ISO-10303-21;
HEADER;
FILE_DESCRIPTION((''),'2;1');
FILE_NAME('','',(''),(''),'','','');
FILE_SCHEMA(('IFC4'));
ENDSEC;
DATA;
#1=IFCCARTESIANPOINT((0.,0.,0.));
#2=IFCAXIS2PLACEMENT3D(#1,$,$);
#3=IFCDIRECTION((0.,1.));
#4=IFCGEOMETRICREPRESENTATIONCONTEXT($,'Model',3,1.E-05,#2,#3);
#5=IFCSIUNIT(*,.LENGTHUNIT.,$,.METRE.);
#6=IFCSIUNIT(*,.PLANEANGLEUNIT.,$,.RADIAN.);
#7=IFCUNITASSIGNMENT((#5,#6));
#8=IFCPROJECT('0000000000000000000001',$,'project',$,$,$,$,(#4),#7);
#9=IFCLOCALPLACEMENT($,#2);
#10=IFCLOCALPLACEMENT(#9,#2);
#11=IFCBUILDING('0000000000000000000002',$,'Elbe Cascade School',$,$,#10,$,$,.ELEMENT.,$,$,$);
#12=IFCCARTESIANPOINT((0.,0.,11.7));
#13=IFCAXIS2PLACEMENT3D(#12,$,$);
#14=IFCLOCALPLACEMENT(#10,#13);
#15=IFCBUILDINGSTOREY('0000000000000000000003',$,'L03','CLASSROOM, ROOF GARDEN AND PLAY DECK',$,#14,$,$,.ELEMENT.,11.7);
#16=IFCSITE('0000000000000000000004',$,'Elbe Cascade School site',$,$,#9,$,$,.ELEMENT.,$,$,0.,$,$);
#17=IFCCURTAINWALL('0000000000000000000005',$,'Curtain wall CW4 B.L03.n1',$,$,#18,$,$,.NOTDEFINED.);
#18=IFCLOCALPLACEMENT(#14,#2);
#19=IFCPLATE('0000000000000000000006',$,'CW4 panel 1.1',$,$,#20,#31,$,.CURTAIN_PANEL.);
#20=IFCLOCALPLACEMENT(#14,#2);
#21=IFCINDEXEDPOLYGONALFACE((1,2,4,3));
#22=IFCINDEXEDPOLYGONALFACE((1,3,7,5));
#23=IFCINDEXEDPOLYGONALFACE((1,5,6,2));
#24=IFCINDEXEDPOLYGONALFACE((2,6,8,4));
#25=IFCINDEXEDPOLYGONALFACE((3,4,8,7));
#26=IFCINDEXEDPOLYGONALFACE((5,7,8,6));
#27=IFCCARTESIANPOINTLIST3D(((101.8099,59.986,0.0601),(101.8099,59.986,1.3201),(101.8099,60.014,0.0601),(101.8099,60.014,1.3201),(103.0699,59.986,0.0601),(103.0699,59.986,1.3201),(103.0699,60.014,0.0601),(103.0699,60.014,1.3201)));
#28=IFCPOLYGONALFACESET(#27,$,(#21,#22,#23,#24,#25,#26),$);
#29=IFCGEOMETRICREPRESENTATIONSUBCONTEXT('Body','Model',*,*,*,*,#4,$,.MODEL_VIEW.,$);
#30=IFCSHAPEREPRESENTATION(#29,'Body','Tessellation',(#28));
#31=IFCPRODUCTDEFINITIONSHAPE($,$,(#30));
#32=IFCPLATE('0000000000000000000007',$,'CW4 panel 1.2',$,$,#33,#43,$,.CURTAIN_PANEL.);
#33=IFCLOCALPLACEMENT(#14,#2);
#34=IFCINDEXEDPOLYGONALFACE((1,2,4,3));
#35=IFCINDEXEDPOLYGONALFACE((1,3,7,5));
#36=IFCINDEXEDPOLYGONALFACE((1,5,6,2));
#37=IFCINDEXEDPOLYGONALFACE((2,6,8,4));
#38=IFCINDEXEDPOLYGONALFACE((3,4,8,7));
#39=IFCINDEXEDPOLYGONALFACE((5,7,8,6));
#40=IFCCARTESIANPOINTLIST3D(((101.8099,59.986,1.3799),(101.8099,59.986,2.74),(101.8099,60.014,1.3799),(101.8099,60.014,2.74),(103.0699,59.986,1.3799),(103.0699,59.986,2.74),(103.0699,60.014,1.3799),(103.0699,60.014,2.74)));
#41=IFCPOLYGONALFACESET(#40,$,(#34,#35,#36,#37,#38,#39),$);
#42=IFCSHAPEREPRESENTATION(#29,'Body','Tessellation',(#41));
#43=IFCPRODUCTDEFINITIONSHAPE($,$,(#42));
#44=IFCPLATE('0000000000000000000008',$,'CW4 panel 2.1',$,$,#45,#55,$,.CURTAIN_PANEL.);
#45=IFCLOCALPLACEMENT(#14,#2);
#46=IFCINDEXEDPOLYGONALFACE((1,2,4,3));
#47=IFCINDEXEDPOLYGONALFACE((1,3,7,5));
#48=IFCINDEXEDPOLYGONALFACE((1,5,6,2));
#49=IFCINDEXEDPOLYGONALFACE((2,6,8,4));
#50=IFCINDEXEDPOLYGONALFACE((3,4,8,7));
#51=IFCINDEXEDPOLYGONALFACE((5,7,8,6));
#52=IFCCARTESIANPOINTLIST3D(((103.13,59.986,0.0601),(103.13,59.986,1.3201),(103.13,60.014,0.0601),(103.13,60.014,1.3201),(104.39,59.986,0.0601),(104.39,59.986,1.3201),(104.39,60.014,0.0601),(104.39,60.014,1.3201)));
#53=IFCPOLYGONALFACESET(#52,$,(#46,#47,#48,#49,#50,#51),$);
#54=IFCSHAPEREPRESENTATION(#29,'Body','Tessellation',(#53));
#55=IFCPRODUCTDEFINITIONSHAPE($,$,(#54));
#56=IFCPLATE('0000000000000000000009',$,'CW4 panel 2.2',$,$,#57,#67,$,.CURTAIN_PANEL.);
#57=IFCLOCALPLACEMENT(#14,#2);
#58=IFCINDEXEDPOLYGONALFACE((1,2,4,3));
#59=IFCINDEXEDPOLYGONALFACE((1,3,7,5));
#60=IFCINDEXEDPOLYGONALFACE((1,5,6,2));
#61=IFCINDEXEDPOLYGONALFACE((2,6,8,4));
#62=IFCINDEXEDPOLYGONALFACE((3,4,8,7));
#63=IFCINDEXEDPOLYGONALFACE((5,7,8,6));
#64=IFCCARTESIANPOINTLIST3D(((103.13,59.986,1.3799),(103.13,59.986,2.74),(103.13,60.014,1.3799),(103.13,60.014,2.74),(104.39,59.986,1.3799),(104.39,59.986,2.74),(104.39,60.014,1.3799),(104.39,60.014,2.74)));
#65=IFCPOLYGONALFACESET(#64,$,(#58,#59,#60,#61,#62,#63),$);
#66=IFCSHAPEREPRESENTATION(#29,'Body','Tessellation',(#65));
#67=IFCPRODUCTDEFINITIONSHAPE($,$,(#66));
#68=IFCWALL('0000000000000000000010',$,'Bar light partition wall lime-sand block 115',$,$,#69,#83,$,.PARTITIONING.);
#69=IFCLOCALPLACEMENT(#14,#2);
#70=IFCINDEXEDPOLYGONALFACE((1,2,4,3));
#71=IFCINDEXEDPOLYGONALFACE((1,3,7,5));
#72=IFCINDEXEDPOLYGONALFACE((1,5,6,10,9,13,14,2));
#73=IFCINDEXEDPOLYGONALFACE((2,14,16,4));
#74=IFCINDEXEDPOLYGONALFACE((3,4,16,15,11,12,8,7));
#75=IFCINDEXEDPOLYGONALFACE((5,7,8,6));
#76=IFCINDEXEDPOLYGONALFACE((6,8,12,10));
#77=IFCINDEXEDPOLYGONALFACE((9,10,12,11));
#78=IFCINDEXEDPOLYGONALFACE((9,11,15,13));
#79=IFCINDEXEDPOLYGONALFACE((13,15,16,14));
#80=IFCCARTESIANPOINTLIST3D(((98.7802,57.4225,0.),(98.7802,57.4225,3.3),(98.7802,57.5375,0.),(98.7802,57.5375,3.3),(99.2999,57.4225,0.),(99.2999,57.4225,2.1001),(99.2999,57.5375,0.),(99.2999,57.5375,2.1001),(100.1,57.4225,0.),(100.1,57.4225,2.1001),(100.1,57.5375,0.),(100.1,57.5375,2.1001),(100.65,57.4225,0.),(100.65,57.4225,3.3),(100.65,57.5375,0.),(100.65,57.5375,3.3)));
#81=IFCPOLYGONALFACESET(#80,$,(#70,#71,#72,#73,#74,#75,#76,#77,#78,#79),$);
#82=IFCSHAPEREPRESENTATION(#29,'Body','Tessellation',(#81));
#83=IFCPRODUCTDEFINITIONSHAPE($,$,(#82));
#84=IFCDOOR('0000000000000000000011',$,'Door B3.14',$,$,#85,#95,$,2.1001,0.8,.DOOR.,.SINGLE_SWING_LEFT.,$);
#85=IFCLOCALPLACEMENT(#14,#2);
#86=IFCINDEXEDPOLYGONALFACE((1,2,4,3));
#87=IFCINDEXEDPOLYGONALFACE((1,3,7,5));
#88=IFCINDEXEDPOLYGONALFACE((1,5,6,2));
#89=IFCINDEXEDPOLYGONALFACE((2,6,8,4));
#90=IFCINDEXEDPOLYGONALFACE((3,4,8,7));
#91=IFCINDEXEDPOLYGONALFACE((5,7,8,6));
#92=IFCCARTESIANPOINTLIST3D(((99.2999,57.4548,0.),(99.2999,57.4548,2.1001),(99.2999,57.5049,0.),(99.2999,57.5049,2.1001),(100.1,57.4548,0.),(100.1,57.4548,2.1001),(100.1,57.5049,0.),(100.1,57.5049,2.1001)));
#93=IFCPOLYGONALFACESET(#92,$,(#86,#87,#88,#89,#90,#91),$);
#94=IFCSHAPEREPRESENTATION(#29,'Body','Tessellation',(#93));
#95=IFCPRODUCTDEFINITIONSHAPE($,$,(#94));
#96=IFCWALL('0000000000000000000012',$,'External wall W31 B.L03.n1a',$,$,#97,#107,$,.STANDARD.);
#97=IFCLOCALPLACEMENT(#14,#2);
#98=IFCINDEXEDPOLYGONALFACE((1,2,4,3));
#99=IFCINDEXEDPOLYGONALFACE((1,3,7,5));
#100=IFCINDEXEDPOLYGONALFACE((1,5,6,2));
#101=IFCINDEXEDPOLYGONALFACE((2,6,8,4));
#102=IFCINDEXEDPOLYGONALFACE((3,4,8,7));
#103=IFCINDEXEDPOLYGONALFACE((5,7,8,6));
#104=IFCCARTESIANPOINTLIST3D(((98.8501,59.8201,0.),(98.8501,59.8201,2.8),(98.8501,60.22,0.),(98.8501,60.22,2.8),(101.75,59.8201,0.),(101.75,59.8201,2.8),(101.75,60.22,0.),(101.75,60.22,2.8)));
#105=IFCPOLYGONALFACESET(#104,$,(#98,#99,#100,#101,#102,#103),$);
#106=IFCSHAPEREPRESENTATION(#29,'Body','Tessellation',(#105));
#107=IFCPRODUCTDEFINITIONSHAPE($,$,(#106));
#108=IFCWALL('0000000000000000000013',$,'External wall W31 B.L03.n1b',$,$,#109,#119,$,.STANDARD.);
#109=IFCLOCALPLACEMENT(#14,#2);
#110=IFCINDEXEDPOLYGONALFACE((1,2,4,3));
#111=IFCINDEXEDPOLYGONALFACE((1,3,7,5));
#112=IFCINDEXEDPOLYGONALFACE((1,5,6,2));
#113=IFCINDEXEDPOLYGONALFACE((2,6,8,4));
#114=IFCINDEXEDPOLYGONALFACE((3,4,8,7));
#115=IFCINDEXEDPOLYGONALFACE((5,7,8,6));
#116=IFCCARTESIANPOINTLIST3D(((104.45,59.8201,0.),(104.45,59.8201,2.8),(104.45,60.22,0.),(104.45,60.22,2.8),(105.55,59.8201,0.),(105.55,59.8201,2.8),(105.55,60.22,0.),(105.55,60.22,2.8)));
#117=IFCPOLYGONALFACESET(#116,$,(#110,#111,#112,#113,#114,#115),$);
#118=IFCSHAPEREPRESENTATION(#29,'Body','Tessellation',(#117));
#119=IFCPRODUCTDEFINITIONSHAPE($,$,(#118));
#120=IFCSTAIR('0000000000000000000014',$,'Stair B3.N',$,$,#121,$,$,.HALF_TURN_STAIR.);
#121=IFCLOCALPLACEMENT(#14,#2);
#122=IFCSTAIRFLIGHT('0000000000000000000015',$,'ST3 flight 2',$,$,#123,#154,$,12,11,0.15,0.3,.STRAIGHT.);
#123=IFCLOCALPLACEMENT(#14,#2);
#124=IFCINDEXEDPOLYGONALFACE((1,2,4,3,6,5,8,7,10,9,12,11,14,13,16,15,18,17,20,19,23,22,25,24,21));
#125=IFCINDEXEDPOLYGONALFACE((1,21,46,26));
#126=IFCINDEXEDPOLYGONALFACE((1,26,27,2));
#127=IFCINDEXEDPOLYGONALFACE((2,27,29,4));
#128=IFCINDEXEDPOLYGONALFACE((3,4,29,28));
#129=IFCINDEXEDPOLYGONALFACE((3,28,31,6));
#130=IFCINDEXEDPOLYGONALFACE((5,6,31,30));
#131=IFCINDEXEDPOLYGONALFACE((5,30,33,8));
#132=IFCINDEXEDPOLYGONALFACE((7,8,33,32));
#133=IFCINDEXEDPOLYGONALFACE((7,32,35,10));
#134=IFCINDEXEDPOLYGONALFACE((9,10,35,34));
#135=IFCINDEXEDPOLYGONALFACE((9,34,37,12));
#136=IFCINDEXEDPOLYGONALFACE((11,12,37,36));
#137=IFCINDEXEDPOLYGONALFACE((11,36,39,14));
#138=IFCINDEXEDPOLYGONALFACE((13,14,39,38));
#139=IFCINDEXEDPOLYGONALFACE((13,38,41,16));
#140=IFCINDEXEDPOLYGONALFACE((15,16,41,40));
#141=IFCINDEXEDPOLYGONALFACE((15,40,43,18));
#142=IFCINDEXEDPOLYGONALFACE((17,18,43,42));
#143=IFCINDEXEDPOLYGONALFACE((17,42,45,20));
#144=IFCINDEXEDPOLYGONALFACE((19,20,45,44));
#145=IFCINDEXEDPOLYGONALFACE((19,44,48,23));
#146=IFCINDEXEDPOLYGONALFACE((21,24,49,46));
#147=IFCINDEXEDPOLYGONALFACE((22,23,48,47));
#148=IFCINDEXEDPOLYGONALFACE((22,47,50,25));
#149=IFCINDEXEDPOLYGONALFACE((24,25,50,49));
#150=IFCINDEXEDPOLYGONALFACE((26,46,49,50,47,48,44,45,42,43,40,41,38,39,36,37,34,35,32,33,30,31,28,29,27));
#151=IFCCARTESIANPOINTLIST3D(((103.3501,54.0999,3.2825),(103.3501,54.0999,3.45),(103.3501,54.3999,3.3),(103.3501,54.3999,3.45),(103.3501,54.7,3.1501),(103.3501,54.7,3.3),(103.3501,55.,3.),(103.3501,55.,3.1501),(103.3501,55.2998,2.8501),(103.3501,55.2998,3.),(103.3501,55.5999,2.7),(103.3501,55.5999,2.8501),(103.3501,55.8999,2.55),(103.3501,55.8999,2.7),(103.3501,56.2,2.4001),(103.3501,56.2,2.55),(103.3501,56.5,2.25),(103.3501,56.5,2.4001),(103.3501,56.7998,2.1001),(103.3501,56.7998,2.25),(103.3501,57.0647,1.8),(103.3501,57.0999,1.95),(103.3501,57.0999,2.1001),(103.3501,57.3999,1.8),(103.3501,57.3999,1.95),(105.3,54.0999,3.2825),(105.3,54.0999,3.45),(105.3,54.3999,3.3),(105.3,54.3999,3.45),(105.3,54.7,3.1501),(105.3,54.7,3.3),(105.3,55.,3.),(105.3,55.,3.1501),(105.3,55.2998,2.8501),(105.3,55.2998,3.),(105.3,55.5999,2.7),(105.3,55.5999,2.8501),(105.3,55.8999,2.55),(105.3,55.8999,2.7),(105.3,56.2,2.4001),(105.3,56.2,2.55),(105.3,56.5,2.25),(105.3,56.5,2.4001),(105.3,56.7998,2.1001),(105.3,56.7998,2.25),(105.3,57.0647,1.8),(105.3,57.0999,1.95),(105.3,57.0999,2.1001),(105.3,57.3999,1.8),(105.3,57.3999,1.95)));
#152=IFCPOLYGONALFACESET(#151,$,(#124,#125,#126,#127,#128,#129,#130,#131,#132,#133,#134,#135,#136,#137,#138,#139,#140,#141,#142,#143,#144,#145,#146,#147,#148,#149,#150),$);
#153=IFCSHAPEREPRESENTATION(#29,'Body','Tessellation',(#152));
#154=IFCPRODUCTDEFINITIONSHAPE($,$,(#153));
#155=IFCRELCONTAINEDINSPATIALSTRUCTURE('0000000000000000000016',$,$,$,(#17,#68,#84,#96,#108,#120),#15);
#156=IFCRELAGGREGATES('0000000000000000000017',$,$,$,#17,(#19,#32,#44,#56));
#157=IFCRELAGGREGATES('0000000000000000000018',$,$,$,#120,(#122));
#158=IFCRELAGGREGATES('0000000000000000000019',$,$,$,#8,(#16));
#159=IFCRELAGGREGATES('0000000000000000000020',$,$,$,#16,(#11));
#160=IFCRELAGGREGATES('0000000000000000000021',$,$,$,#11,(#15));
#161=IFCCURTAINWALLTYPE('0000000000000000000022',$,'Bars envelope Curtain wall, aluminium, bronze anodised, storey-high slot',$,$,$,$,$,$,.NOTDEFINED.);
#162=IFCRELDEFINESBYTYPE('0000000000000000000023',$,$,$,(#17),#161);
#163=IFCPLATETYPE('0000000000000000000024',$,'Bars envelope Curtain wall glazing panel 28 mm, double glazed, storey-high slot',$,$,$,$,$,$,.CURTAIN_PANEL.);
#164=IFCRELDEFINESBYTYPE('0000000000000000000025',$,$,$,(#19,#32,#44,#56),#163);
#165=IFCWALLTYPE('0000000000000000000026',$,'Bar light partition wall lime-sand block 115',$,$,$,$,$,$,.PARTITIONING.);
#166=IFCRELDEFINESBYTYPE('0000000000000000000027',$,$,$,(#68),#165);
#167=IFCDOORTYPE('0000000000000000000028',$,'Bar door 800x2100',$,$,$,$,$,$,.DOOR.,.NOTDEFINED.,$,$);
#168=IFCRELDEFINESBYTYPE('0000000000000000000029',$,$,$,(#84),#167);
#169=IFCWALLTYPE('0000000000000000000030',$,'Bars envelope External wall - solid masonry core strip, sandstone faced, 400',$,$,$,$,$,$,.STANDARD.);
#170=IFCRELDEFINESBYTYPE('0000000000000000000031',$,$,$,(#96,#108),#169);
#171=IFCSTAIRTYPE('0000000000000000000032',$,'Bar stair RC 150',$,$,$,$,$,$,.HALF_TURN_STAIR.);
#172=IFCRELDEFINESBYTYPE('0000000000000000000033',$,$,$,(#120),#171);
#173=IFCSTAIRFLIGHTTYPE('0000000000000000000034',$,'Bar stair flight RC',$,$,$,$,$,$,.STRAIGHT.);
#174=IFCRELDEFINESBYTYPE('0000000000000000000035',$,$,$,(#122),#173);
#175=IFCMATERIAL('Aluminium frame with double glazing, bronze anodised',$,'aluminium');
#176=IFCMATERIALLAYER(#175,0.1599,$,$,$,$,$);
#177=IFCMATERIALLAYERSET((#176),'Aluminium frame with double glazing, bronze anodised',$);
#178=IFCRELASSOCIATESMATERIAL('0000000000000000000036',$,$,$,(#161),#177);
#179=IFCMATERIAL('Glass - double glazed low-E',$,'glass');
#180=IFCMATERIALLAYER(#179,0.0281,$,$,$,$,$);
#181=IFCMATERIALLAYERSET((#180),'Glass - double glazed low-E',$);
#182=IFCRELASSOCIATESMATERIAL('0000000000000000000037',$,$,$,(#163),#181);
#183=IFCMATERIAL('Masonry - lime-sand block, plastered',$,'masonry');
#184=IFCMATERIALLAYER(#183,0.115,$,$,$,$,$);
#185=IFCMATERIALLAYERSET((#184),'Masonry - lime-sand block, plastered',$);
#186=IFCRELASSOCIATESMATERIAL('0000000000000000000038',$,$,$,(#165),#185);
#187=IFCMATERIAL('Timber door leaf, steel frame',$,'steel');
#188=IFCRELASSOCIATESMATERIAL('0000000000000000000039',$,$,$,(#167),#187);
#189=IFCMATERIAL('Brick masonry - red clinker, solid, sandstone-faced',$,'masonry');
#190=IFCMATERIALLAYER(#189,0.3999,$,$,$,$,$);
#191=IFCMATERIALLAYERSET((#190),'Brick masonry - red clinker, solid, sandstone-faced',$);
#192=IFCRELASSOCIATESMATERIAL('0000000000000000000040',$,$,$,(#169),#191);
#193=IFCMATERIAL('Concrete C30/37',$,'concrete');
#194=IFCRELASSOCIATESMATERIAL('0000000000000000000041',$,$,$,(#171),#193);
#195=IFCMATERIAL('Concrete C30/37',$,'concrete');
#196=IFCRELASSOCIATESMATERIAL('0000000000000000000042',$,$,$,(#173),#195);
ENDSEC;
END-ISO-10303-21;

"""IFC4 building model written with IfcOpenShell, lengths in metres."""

from ifc_helpers import new_model, si_unit, direction, frame, frame_2d, origin, origin_2d, place, context, subcontext, project, spatial, polyline, rectangle, outline, extrude, material, layer, layer_set, type_object, element, fill, aggregate, save


model = new_model("IFC4")

# Units and contexts
model_context = context("Model", 3, precision=1e-05, world=origin(), true_north=direction((0.0, 1.0)))
body_context = subcontext(model_context, "Body", "Model", "MODEL_VIEW")
ifc_project = project(units=[si_unit("LENGTHUNIT", "METRE"), si_unit("PLANEANGLEUNIT", "RADIAN")], contexts=[model_context])

# Site, building, storey
site_placement = place(None, origin())
site = spatial("IfcSite", under=ifc_project, at=site_placement, Name="Elbe Cascade School site", CompositionType="ELEMENT", RefElevation=0.0)
building_placement = place(site_placement, origin())
building = spatial("IfcBuilding", under=site, at=building_placement, Name="Elbe Cascade School", CompositionType="ELEMENT")
storey_placement = place(building_placement, frame((0.0, 0.0, 11.7)))
storey = spatial("IfcBuildingStorey", under=building, at=storey_placement, Name="L03", Description="CLASSROOM, ROOF GARDEN AND PLAY DECK", CompositionType="ELEMENT", Elevation=11.7)

# Shared definitions
ifc_material_1 = material(Name="Aluminium frame with double glazing, bronze anodised", Category="aluminium")
ifc_layer_1 = layer(ifc_material_1, 0.1599)
ifc_layer_set_1 = layer_set([ifc_layer_1], Name="Aluminium frame with double glazing, bronze anodised")
curtain_wall_type = type_object("IfcCurtainWallType", Name="Bars envelope Curtain wall, aluminium, bronze anodised, storey-high slot", PredefinedType="NOTDEFINED", material=ifc_layer_set_1)

# Curtain wall
curtain_wall_1_placement = place(storey_placement, origin())
curtain_wall_1 = element("IfcCurtainWall", 1, at=curtain_wall_1_placement, inside=storey, type_object=curtain_wall_type, Name="Curtain wall CW4 B.L03.n1", PredefinedType="NOTDEFINED")

# Plates
ifc_material_2 = material(Name="Glass - double glazed low-E", Category="glass")
ifc_layer_2 = layer(ifc_material_2, 0.0281)
ifc_layer_set_2 = layer_set([ifc_layer_2], Name="Glass - double glazed low-E")
plate_type = type_object("IfcPlateType", Name="Bars envelope Curtain wall glazing panel 28 mm, double glazed, storey-high slot", PredefinedType="CURTAIN_PANEL", material=ifc_layer_set_2)
plate_1_placement = place(storey_placement, frame((102.4399, 60.0, 0.0601), z_axis=(0.0, 0.0, 1.0), x_axis=(1.0, 0.0, 0.0)))
plate_1 = element("IfcPlate", 2, at=plate_1_placement, type_object=plate_type, Name="CW4 panel 1.1", PredefinedType="CURTAIN_PANEL", context=body_context, shape_type="SweptSolid", body=[
    extrude(rectangle(XDim=1.26, YDim=0.0281, at=origin_2d()), origin(), (0.0, 0.0, 1.0), 1.26),
])
plate_2_placement = place(storey_placement, frame((102.4399, 60.0, 1.3799), z_axis=(0.0, 0.0, 1.0), x_axis=(1.0, 0.0, 0.0)))
plate_2 = element("IfcPlate", 3, at=plate_2_placement, type_object=plate_type, Name="CW4 panel 1.2", PredefinedType="CURTAIN_PANEL", context=body_context, shape_type="SweptSolid", body=[
    extrude(rectangle(XDim=1.26, YDim=0.0281, at=origin_2d()), origin(), (0.0, 0.0, 1.0), 1.3601),
])
plate_3_placement = place(storey_placement, frame((103.76, 60.0, 0.0601), z_axis=(0.0, 0.0, 1.0), x_axis=(1.0, 0.0, 0.0)))
plate_3 = element("IfcPlate", 4, at=plate_3_placement, type_object=plate_type, Name="CW4 panel 2.1", PredefinedType="CURTAIN_PANEL", context=body_context, shape_type="SweptSolid", body=[
    extrude(rectangle(XDim=1.26, YDim=0.0281, at=origin_2d()), origin(), (0.0, 0.0, 1.0), 1.26),
])
plate_4_placement = place(storey_placement, frame((103.76, 60.0, 1.3799), z_axis=(0.0, 0.0, 1.0), x_axis=(1.0, 0.0, 0.0)))
plate_4 = element("IfcPlate", 5, at=plate_4_placement, type_object=plate_type, Name="CW4 panel 2.2", PredefinedType="CURTAIN_PANEL", context=body_context, shape_type="SweptSolid", body=[
    extrude(rectangle(XDim=1.26, YDim=0.0281, at=origin_2d()), origin(), (0.0, 0.0, 1.0), 1.3601),
])
aggregate(curtain_wall_1, [plate_1, plate_2, plate_3, plate_4])

# Wall, opening, door
ifc_material_3 = material(Name="Masonry - lime-sand block, plastered", Category="masonry")
ifc_layer_3 = layer(ifc_material_3, 0.115)
ifc_layer_set_3 = layer_set([ifc_layer_3], Name="Masonry - lime-sand block, plastered")
wall_type_1 = type_object("IfcWallType", Name="Bar light partition wall lime-sand block 115", PredefinedType="PARTITIONING", material=ifc_layer_set_3)
wall_1_placement = place(storey_placement, frame((98.78, 57.48, 0.0), z_axis=(0.0, 0.0, 1.0), x_axis=(1.0, 0.0, 0.0)))
wall_1 = element("IfcWall", 6, at=wall_1_placement, inside=storey, type_object=wall_type_1, Name="Bar light partition wall lime-sand block 115", PredefinedType="PARTITIONING", context=body_context, shape_type="SweptSolid", body=[
    extrude(rectangle(XDim=1.8699, YDim=0.115, at=frame_2d((0.9351, 0.0))), origin(), (0.0, 0.0, 1.0), 3.3),
])
opening_placement = place(wall_1_placement, frame((0.52, 0.0, 0.0)))
opening = element("IfcOpeningElement", 7, at=opening_placement, cuts=wall_1, PredefinedType="OPENING", context=body_context, shape_type="SweptSolid", body=[
    extrude(rectangle(XDim=0.8, YDim=2.1001, at=frame_2d((0.3999, 1.05))), frame((0.0, 0.0674, 0.0), z_axis=(0.0, -1.0, 0.0), x_axis=(1.0, 0.0, 0.0)), (0.0, 0.0, 1.0), 0.135),
])
ifc_material_4 = material(Name="Timber door leaf, steel frame", Category="steel")
door_type = type_object("IfcDoorType", Name="Bar door 800x2100", OperationType="NOTDEFINED", PredefinedType="DOOR", material=ifc_material_4)
door_placement = place(opening_placement, origin())
door = element("IfcDoor", 8, at=door_placement, inside=storey, type_object=door_type, Name="Door B3.14", OperationType="SINGLE_SWING_LEFT", OverallHeight=2.1001, OverallWidth=0.8, PredefinedType="DOOR", context=body_context, shape_type="SweptSolid", body=[
    extrude(rectangle(XDim=0.8, YDim=2.1001, at=frame_2d((0.3999, 1.05))), frame((0.0, 0.0249, 0.0), z_axis=(0.0, -1.0, 0.0), x_axis=(1.0, 0.0, 0.0)), (0.0, 0.0, 1.0), 0.05),
])
fill(opening, door)

# Walls
ifc_material_5 = material(Name="Brick masonry - red clinker, solid, sandstone-faced", Category="masonry")
ifc_layer_4 = layer(ifc_material_5, 0.3999)
ifc_layer_set_4 = layer_set([ifc_layer_4], Name="Brick masonry - red clinker, solid, sandstone-faced")
wall_type_2 = type_object("IfcWallType", Name="Bars envelope External wall - solid masonry core strip, sandstone faced, 400", PredefinedType="STANDARD", material=ifc_layer_set_4)
wall_2_placement = place(storey_placement, frame((98.8501, 60.02, 0.0), z_axis=(0.0, 0.0, 1.0), x_axis=(1.0, 0.0, 0.0)))
element("IfcWall", 9, at=wall_2_placement, inside=storey, type_object=wall_type_2, Name="External wall W31 B.L03.n1a", PredefinedType="STANDARD", context=body_context, shape_type="SweptSolid", body=[
    extrude(rectangle(XDim=2.8999, YDim=0.3999, at=frame_2d((1.45, 0.0))), origin(), (0.0, 0.0, 1.0), 2.8),
])
wall_3_placement = place(storey_placement, frame((104.45, 60.02, 0.0), z_axis=(0.0, 0.0, 1.0), x_axis=(1.0, 0.0, 0.0)))
element("IfcWall", 10, at=wall_3_placement, inside=storey, type_object=wall_type_2, Name="External wall W31 B.L03.n1b", PredefinedType="STANDARD", context=body_context, shape_type="SweptSolid", body=[
    extrude(rectangle(XDim=1.1001, YDim=0.3999, at=frame_2d((0.55, 0.0))), origin(), (0.0, 0.0, 1.0), 2.8),
])

# Stair, stair flight
ifc_material_6 = material(Name="Concrete C30/37", Category="concrete")
stair_type = type_object("IfcStairType", Name="Bar stair RC 150", PredefinedType="HALF_TURN_STAIR", material=ifc_material_6)
stair_placement = place(storey_placement, origin())
stair = element("IfcStair", 11, at=stair_placement, inside=storey, type_object=stair_type, Name="Stair B3.N", PredefinedType="HALF_TURN_STAIR")
ifc_material_7 = material(Name="Concrete C30/37", Category="concrete")
stair_flight_type = type_object("IfcStairFlightType", Name="Bar stair flight RC", PredefinedType="STRAIGHT", material=ifc_material_7)
stair_flight_placement = place(storey_placement, frame((104.325, 57.3999, 1.8), z_axis=(0.0, 0.0, 1.0), x_axis=(0.0, -1.0, 0.0)))
stair_flight = element("IfcStairFlight", 12, at=stair_flight_placement, type_object=stair_flight_type, Name="ST3 flight 2", NumberOfRisers=12, NumberOfTreads=11, PredefinedType="STRAIGHT", RiserHeight=0.15, TreadLength=0.3, context=body_context, shape_type="SweptSolid", body=[
    extrude(outline(polyline([(0.0, 0.0), (0.0, 0.1499), (0.3, 0.1499), (0.3, 0.3), (0.6001, 0.3), (0.6001, 0.45), (0.8999, 0.45), (0.8999, 0.6001), (1.2, 0.6001), (1.2, 0.75), (1.5, 0.75), (1.5, 0.8999), (1.8, 0.8999), (1.8, 1.05), (2.1001, 1.05), (2.1001, 1.2), (2.3999, 1.2), (2.3999, 1.3501), (2.7, 1.3501), (2.7, 1.5), (3.0, 1.5), (3.0, 1.6499), (3.3, 1.6499), (3.3, 1.8), (3.3, 1.4824), (0.3352, 0.0), (0.0, 0.0)])), frame((0.0, 0.9751, 0.0), z_axis=(0.0, -1.0, 0.0), x_axis=(1.0, 0.0, 0.0)), (0.0, 0.0, 1.0), 1.95),
])
aggregate(stair, [stair_flight])

save(model, "model.ifc")
